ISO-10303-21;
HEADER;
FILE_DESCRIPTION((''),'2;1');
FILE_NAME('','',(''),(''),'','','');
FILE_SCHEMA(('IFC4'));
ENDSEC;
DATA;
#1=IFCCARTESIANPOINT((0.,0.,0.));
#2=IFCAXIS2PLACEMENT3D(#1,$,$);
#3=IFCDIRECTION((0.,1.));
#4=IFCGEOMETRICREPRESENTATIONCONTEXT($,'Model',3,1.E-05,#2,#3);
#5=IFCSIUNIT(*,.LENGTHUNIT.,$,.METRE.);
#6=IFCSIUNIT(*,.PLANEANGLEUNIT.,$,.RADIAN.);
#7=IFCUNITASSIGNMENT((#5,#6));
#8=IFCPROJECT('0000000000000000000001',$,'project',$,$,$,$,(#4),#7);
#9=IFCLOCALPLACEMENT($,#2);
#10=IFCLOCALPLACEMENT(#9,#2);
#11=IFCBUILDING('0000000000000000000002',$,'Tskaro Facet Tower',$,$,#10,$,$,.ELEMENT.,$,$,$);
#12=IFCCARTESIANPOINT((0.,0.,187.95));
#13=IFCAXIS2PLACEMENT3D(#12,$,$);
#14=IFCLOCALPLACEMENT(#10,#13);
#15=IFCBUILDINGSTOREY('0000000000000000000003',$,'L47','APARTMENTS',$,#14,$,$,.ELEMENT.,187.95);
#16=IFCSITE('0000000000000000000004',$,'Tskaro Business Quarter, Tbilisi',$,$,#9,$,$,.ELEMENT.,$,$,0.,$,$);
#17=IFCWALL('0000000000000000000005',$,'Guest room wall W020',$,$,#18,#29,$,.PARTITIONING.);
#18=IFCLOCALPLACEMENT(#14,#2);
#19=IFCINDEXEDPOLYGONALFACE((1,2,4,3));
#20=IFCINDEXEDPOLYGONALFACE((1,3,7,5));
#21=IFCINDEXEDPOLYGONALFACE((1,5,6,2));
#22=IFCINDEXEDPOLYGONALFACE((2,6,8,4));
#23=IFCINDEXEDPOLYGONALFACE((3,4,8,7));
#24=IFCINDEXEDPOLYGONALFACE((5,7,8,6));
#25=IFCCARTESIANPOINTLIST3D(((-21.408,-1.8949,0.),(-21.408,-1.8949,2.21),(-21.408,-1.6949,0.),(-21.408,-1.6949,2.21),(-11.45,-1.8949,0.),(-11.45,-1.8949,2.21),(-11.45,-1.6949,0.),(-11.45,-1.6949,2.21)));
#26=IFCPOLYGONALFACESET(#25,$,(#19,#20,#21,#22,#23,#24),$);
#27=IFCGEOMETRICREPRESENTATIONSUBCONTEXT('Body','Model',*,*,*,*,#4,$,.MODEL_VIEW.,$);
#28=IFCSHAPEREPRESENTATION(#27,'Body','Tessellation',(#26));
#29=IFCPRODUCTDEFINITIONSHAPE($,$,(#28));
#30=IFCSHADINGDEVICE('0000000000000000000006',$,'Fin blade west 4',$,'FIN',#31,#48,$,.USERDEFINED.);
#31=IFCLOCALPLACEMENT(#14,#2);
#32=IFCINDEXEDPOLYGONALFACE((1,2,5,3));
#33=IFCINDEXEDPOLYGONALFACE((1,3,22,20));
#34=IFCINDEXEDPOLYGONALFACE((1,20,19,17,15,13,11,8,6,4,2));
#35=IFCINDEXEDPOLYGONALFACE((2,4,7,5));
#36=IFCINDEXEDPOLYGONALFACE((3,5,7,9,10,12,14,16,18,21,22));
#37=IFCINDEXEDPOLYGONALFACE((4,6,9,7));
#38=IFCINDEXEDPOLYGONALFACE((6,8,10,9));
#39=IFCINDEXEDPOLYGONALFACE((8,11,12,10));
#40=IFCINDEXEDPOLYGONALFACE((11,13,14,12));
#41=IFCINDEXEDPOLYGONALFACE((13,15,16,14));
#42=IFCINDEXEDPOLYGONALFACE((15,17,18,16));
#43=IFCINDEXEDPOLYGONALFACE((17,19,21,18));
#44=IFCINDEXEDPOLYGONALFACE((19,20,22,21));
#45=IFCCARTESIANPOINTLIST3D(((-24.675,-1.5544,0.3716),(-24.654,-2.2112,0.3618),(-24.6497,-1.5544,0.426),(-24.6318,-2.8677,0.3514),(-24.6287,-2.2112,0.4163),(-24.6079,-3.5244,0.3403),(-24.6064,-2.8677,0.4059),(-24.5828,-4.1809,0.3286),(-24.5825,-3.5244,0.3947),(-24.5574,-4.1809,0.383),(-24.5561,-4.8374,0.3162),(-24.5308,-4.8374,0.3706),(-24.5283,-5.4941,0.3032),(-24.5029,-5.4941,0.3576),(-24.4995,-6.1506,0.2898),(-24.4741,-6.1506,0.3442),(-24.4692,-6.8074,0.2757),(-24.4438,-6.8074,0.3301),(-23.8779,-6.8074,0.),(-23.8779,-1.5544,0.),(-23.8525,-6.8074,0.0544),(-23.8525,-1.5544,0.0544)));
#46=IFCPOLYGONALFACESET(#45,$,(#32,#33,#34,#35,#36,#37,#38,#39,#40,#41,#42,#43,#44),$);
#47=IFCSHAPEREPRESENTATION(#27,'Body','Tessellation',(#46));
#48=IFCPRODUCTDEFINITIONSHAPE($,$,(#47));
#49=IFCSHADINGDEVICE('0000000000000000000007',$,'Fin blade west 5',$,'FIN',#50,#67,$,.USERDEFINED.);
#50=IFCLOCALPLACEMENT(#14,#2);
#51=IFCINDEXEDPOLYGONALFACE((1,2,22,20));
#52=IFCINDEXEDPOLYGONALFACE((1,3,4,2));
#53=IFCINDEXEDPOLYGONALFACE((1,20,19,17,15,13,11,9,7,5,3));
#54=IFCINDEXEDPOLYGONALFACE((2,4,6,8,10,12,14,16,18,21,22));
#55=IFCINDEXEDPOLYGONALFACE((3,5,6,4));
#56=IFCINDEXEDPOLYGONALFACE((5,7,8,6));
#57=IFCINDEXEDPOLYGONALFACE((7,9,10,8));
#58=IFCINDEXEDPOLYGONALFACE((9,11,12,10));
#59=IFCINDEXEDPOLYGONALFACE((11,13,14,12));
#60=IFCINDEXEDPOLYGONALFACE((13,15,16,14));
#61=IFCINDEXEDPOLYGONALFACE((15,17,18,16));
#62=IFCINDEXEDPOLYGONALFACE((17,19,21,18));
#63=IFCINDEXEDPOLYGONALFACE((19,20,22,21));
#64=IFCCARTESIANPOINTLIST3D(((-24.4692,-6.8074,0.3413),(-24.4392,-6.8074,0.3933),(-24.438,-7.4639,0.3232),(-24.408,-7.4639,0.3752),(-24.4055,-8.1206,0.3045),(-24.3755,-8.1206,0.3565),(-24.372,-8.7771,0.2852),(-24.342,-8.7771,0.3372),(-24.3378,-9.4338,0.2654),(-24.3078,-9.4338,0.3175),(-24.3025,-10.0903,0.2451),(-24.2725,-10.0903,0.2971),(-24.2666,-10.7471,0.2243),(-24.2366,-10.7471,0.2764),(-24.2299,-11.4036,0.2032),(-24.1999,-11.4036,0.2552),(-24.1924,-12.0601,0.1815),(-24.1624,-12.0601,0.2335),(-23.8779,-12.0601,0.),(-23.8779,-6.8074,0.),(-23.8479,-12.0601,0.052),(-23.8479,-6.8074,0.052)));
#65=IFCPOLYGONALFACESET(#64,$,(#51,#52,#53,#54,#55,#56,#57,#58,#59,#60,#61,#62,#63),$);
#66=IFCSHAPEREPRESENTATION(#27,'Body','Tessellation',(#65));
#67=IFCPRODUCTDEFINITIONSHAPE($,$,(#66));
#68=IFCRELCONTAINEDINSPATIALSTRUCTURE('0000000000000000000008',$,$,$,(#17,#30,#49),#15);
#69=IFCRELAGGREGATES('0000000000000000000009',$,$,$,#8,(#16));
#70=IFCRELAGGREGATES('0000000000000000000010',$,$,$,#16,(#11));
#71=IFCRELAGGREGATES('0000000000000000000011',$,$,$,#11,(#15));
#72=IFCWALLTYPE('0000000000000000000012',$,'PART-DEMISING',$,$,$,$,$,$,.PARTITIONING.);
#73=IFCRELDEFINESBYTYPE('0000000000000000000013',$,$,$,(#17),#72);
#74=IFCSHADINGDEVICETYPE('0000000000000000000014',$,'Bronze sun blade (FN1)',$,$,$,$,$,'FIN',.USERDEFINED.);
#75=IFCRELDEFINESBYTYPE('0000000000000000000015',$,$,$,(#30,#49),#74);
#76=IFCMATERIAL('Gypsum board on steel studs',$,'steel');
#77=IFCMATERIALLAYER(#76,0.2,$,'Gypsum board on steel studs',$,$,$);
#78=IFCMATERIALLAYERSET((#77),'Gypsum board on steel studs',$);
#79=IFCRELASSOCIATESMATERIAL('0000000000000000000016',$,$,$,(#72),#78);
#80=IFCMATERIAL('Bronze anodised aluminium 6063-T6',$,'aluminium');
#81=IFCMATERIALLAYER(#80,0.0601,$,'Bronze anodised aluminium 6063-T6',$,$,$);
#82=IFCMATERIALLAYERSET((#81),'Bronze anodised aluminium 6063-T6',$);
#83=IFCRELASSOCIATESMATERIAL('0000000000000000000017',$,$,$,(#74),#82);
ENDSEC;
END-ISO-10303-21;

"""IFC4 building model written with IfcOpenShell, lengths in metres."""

from ifc_helpers import new_model, si_unit, direction, frame, frame_2d, origin, place, context, subcontext, project, spatial, polyline, rectangle, outline, extrude, material, layer, layer_set, type_object, element, save


model = new_model("IFC4")

# Units and contexts
model_context = context("Model", 3, precision=1e-05, world=origin(), true_north=direction((0.0, 1.0)))
body_context = subcontext(model_context, "Body", "Model", "MODEL_VIEW")
ifc_project = project(units=[si_unit("LENGTHUNIT", "METRE"), si_unit("PLANEANGLEUNIT", "RADIAN")], contexts=[model_context])

# Site, building, storey
site_placement = place(None, origin())
site = spatial("IfcSite", under=ifc_project, at=site_placement, Name="Tskaro Business Quarter, Tbilisi", CompositionType="ELEMENT", RefElevation=0.0)
building_placement = place(site_placement, origin())
building = spatial("IfcBuilding", under=site, at=building_placement, Name="Tskaro Facet Tower", CompositionType="ELEMENT")
storey_placement = place(building_placement, frame((0.0, 0.0, 187.95)))
storey = spatial("IfcBuildingStorey", under=building, at=storey_placement, Name="L47", Description="APARTMENTS", CompositionType="ELEMENT", Elevation=187.95)

# Shared definitions
ifc_material_1 = material(Name="Bronze anodised aluminium 6063-T6", Category="aluminium")

# Shared definitions
ifc_material_2 = material(Name="Gypsum board on steel studs", Category="steel")

# Wall
ifc_layer_1 = layer(ifc_material_2, 0.2, Name="Gypsum board on steel studs")
ifc_layer_set_1 = layer_set([ifc_layer_1], Name="Gypsum board on steel studs")
wall_type_1 = type_object("IfcWallType", Name="PART-DEMISING", PredefinedType="PARTITIONING", material=ifc_layer_set_1)
wall_1_placement = place(storey_placement, frame((-21.408, -1.7949, 0.0), z_axis=(0.0, 0.0, 1.0), x_axis=(1.0, 0.0, 0.0)))
element("IfcWall", 1, at=wall_1_placement, inside=storey, type_object=wall_type_1, Name="Guest room wall W020", PredefinedType="PARTITIONING", context=body_context, shape_type="SweptSolid", body=[
    extrude(rectangle(XDim=9.958, YDim=0.2, at=frame_2d((4.979, 0.0))), origin(), (0.0, 0.0, 1.0), 2.21),
])

# Shading devices
ifc_layer_2 = layer(ifc_material_1, 0.0601, Name="Bronze anodised aluminium 6063-T6")
ifc_layer_set_2 = layer_set([ifc_layer_2], Name="Bronze anodised aluminium 6063-T6")
shading_device_type = type_object("IfcShadingDeviceType", Name="Bronze sun blade (FN1)", ElementType="FIN", PredefinedType="USERDEFINED", material=ifc_layer_set_2)
shading_device_1_placement = place(storey_placement, frame((-23.8525, -1.5544, 0.0544), z_axis=(0.422516, 0.0, 0.906355), x_axis=(0.0, -1.0, 0.0)))
element("IfcShadingDevice", 2, at=shading_device_1_placement, inside=storey, type_object=shading_device_type, Name="Fin blade west 4", ObjectType="FIN", PredefinedType="USERDEFINED", context=body_context, shape_type="SweptSolid", body=[
    extrude(outline(polyline([(0.0, 0.0), (5.2529, 0.0), (5.2529, -0.6524), (4.5962, -0.6858), (3.9397, -0.7176), (3.283, -0.7483), (2.6265, -0.7777), (1.97, -0.8054), (1.3132, -0.8317), (0.6567, -0.8563), (0.0, -0.8795), (0.0, 0.0)])), origin(), (0.0, 0.0, -1.0), 0.0601),
])
shading_device_2_placement = place(storey_placement, frame((-23.8479, -6.8074, 0.052), z_axis=(0.499867, 0.000005, 0.866102), x_axis=(0.000002, -1.0, 0.000004)))
element("IfcShadingDevice", 3, at=shading_device_2_placement, inside=storey, type_object=shading_device_type, Name="Fin blade west 5", ObjectType="FIN", PredefinedType="USERDEFINED", context=body_context, shape_type="SweptSolid", body=[
    extrude(outline(polyline([(0.0, 0.0), (5.2527, 0.0), (5.2527, -0.3631), (4.5962, -0.4064), (3.9397, -0.4488), (3.283, -0.4902), (2.6265, -0.531), (1.9697, -0.5705), (1.3132, -0.6091), (0.6565, -0.6466), (0.0, -0.6827), (0.0, 0.0)])), origin(), (0.0, 0.0, -1.0), 0.0601),
])

save(model, "model.ifc")
